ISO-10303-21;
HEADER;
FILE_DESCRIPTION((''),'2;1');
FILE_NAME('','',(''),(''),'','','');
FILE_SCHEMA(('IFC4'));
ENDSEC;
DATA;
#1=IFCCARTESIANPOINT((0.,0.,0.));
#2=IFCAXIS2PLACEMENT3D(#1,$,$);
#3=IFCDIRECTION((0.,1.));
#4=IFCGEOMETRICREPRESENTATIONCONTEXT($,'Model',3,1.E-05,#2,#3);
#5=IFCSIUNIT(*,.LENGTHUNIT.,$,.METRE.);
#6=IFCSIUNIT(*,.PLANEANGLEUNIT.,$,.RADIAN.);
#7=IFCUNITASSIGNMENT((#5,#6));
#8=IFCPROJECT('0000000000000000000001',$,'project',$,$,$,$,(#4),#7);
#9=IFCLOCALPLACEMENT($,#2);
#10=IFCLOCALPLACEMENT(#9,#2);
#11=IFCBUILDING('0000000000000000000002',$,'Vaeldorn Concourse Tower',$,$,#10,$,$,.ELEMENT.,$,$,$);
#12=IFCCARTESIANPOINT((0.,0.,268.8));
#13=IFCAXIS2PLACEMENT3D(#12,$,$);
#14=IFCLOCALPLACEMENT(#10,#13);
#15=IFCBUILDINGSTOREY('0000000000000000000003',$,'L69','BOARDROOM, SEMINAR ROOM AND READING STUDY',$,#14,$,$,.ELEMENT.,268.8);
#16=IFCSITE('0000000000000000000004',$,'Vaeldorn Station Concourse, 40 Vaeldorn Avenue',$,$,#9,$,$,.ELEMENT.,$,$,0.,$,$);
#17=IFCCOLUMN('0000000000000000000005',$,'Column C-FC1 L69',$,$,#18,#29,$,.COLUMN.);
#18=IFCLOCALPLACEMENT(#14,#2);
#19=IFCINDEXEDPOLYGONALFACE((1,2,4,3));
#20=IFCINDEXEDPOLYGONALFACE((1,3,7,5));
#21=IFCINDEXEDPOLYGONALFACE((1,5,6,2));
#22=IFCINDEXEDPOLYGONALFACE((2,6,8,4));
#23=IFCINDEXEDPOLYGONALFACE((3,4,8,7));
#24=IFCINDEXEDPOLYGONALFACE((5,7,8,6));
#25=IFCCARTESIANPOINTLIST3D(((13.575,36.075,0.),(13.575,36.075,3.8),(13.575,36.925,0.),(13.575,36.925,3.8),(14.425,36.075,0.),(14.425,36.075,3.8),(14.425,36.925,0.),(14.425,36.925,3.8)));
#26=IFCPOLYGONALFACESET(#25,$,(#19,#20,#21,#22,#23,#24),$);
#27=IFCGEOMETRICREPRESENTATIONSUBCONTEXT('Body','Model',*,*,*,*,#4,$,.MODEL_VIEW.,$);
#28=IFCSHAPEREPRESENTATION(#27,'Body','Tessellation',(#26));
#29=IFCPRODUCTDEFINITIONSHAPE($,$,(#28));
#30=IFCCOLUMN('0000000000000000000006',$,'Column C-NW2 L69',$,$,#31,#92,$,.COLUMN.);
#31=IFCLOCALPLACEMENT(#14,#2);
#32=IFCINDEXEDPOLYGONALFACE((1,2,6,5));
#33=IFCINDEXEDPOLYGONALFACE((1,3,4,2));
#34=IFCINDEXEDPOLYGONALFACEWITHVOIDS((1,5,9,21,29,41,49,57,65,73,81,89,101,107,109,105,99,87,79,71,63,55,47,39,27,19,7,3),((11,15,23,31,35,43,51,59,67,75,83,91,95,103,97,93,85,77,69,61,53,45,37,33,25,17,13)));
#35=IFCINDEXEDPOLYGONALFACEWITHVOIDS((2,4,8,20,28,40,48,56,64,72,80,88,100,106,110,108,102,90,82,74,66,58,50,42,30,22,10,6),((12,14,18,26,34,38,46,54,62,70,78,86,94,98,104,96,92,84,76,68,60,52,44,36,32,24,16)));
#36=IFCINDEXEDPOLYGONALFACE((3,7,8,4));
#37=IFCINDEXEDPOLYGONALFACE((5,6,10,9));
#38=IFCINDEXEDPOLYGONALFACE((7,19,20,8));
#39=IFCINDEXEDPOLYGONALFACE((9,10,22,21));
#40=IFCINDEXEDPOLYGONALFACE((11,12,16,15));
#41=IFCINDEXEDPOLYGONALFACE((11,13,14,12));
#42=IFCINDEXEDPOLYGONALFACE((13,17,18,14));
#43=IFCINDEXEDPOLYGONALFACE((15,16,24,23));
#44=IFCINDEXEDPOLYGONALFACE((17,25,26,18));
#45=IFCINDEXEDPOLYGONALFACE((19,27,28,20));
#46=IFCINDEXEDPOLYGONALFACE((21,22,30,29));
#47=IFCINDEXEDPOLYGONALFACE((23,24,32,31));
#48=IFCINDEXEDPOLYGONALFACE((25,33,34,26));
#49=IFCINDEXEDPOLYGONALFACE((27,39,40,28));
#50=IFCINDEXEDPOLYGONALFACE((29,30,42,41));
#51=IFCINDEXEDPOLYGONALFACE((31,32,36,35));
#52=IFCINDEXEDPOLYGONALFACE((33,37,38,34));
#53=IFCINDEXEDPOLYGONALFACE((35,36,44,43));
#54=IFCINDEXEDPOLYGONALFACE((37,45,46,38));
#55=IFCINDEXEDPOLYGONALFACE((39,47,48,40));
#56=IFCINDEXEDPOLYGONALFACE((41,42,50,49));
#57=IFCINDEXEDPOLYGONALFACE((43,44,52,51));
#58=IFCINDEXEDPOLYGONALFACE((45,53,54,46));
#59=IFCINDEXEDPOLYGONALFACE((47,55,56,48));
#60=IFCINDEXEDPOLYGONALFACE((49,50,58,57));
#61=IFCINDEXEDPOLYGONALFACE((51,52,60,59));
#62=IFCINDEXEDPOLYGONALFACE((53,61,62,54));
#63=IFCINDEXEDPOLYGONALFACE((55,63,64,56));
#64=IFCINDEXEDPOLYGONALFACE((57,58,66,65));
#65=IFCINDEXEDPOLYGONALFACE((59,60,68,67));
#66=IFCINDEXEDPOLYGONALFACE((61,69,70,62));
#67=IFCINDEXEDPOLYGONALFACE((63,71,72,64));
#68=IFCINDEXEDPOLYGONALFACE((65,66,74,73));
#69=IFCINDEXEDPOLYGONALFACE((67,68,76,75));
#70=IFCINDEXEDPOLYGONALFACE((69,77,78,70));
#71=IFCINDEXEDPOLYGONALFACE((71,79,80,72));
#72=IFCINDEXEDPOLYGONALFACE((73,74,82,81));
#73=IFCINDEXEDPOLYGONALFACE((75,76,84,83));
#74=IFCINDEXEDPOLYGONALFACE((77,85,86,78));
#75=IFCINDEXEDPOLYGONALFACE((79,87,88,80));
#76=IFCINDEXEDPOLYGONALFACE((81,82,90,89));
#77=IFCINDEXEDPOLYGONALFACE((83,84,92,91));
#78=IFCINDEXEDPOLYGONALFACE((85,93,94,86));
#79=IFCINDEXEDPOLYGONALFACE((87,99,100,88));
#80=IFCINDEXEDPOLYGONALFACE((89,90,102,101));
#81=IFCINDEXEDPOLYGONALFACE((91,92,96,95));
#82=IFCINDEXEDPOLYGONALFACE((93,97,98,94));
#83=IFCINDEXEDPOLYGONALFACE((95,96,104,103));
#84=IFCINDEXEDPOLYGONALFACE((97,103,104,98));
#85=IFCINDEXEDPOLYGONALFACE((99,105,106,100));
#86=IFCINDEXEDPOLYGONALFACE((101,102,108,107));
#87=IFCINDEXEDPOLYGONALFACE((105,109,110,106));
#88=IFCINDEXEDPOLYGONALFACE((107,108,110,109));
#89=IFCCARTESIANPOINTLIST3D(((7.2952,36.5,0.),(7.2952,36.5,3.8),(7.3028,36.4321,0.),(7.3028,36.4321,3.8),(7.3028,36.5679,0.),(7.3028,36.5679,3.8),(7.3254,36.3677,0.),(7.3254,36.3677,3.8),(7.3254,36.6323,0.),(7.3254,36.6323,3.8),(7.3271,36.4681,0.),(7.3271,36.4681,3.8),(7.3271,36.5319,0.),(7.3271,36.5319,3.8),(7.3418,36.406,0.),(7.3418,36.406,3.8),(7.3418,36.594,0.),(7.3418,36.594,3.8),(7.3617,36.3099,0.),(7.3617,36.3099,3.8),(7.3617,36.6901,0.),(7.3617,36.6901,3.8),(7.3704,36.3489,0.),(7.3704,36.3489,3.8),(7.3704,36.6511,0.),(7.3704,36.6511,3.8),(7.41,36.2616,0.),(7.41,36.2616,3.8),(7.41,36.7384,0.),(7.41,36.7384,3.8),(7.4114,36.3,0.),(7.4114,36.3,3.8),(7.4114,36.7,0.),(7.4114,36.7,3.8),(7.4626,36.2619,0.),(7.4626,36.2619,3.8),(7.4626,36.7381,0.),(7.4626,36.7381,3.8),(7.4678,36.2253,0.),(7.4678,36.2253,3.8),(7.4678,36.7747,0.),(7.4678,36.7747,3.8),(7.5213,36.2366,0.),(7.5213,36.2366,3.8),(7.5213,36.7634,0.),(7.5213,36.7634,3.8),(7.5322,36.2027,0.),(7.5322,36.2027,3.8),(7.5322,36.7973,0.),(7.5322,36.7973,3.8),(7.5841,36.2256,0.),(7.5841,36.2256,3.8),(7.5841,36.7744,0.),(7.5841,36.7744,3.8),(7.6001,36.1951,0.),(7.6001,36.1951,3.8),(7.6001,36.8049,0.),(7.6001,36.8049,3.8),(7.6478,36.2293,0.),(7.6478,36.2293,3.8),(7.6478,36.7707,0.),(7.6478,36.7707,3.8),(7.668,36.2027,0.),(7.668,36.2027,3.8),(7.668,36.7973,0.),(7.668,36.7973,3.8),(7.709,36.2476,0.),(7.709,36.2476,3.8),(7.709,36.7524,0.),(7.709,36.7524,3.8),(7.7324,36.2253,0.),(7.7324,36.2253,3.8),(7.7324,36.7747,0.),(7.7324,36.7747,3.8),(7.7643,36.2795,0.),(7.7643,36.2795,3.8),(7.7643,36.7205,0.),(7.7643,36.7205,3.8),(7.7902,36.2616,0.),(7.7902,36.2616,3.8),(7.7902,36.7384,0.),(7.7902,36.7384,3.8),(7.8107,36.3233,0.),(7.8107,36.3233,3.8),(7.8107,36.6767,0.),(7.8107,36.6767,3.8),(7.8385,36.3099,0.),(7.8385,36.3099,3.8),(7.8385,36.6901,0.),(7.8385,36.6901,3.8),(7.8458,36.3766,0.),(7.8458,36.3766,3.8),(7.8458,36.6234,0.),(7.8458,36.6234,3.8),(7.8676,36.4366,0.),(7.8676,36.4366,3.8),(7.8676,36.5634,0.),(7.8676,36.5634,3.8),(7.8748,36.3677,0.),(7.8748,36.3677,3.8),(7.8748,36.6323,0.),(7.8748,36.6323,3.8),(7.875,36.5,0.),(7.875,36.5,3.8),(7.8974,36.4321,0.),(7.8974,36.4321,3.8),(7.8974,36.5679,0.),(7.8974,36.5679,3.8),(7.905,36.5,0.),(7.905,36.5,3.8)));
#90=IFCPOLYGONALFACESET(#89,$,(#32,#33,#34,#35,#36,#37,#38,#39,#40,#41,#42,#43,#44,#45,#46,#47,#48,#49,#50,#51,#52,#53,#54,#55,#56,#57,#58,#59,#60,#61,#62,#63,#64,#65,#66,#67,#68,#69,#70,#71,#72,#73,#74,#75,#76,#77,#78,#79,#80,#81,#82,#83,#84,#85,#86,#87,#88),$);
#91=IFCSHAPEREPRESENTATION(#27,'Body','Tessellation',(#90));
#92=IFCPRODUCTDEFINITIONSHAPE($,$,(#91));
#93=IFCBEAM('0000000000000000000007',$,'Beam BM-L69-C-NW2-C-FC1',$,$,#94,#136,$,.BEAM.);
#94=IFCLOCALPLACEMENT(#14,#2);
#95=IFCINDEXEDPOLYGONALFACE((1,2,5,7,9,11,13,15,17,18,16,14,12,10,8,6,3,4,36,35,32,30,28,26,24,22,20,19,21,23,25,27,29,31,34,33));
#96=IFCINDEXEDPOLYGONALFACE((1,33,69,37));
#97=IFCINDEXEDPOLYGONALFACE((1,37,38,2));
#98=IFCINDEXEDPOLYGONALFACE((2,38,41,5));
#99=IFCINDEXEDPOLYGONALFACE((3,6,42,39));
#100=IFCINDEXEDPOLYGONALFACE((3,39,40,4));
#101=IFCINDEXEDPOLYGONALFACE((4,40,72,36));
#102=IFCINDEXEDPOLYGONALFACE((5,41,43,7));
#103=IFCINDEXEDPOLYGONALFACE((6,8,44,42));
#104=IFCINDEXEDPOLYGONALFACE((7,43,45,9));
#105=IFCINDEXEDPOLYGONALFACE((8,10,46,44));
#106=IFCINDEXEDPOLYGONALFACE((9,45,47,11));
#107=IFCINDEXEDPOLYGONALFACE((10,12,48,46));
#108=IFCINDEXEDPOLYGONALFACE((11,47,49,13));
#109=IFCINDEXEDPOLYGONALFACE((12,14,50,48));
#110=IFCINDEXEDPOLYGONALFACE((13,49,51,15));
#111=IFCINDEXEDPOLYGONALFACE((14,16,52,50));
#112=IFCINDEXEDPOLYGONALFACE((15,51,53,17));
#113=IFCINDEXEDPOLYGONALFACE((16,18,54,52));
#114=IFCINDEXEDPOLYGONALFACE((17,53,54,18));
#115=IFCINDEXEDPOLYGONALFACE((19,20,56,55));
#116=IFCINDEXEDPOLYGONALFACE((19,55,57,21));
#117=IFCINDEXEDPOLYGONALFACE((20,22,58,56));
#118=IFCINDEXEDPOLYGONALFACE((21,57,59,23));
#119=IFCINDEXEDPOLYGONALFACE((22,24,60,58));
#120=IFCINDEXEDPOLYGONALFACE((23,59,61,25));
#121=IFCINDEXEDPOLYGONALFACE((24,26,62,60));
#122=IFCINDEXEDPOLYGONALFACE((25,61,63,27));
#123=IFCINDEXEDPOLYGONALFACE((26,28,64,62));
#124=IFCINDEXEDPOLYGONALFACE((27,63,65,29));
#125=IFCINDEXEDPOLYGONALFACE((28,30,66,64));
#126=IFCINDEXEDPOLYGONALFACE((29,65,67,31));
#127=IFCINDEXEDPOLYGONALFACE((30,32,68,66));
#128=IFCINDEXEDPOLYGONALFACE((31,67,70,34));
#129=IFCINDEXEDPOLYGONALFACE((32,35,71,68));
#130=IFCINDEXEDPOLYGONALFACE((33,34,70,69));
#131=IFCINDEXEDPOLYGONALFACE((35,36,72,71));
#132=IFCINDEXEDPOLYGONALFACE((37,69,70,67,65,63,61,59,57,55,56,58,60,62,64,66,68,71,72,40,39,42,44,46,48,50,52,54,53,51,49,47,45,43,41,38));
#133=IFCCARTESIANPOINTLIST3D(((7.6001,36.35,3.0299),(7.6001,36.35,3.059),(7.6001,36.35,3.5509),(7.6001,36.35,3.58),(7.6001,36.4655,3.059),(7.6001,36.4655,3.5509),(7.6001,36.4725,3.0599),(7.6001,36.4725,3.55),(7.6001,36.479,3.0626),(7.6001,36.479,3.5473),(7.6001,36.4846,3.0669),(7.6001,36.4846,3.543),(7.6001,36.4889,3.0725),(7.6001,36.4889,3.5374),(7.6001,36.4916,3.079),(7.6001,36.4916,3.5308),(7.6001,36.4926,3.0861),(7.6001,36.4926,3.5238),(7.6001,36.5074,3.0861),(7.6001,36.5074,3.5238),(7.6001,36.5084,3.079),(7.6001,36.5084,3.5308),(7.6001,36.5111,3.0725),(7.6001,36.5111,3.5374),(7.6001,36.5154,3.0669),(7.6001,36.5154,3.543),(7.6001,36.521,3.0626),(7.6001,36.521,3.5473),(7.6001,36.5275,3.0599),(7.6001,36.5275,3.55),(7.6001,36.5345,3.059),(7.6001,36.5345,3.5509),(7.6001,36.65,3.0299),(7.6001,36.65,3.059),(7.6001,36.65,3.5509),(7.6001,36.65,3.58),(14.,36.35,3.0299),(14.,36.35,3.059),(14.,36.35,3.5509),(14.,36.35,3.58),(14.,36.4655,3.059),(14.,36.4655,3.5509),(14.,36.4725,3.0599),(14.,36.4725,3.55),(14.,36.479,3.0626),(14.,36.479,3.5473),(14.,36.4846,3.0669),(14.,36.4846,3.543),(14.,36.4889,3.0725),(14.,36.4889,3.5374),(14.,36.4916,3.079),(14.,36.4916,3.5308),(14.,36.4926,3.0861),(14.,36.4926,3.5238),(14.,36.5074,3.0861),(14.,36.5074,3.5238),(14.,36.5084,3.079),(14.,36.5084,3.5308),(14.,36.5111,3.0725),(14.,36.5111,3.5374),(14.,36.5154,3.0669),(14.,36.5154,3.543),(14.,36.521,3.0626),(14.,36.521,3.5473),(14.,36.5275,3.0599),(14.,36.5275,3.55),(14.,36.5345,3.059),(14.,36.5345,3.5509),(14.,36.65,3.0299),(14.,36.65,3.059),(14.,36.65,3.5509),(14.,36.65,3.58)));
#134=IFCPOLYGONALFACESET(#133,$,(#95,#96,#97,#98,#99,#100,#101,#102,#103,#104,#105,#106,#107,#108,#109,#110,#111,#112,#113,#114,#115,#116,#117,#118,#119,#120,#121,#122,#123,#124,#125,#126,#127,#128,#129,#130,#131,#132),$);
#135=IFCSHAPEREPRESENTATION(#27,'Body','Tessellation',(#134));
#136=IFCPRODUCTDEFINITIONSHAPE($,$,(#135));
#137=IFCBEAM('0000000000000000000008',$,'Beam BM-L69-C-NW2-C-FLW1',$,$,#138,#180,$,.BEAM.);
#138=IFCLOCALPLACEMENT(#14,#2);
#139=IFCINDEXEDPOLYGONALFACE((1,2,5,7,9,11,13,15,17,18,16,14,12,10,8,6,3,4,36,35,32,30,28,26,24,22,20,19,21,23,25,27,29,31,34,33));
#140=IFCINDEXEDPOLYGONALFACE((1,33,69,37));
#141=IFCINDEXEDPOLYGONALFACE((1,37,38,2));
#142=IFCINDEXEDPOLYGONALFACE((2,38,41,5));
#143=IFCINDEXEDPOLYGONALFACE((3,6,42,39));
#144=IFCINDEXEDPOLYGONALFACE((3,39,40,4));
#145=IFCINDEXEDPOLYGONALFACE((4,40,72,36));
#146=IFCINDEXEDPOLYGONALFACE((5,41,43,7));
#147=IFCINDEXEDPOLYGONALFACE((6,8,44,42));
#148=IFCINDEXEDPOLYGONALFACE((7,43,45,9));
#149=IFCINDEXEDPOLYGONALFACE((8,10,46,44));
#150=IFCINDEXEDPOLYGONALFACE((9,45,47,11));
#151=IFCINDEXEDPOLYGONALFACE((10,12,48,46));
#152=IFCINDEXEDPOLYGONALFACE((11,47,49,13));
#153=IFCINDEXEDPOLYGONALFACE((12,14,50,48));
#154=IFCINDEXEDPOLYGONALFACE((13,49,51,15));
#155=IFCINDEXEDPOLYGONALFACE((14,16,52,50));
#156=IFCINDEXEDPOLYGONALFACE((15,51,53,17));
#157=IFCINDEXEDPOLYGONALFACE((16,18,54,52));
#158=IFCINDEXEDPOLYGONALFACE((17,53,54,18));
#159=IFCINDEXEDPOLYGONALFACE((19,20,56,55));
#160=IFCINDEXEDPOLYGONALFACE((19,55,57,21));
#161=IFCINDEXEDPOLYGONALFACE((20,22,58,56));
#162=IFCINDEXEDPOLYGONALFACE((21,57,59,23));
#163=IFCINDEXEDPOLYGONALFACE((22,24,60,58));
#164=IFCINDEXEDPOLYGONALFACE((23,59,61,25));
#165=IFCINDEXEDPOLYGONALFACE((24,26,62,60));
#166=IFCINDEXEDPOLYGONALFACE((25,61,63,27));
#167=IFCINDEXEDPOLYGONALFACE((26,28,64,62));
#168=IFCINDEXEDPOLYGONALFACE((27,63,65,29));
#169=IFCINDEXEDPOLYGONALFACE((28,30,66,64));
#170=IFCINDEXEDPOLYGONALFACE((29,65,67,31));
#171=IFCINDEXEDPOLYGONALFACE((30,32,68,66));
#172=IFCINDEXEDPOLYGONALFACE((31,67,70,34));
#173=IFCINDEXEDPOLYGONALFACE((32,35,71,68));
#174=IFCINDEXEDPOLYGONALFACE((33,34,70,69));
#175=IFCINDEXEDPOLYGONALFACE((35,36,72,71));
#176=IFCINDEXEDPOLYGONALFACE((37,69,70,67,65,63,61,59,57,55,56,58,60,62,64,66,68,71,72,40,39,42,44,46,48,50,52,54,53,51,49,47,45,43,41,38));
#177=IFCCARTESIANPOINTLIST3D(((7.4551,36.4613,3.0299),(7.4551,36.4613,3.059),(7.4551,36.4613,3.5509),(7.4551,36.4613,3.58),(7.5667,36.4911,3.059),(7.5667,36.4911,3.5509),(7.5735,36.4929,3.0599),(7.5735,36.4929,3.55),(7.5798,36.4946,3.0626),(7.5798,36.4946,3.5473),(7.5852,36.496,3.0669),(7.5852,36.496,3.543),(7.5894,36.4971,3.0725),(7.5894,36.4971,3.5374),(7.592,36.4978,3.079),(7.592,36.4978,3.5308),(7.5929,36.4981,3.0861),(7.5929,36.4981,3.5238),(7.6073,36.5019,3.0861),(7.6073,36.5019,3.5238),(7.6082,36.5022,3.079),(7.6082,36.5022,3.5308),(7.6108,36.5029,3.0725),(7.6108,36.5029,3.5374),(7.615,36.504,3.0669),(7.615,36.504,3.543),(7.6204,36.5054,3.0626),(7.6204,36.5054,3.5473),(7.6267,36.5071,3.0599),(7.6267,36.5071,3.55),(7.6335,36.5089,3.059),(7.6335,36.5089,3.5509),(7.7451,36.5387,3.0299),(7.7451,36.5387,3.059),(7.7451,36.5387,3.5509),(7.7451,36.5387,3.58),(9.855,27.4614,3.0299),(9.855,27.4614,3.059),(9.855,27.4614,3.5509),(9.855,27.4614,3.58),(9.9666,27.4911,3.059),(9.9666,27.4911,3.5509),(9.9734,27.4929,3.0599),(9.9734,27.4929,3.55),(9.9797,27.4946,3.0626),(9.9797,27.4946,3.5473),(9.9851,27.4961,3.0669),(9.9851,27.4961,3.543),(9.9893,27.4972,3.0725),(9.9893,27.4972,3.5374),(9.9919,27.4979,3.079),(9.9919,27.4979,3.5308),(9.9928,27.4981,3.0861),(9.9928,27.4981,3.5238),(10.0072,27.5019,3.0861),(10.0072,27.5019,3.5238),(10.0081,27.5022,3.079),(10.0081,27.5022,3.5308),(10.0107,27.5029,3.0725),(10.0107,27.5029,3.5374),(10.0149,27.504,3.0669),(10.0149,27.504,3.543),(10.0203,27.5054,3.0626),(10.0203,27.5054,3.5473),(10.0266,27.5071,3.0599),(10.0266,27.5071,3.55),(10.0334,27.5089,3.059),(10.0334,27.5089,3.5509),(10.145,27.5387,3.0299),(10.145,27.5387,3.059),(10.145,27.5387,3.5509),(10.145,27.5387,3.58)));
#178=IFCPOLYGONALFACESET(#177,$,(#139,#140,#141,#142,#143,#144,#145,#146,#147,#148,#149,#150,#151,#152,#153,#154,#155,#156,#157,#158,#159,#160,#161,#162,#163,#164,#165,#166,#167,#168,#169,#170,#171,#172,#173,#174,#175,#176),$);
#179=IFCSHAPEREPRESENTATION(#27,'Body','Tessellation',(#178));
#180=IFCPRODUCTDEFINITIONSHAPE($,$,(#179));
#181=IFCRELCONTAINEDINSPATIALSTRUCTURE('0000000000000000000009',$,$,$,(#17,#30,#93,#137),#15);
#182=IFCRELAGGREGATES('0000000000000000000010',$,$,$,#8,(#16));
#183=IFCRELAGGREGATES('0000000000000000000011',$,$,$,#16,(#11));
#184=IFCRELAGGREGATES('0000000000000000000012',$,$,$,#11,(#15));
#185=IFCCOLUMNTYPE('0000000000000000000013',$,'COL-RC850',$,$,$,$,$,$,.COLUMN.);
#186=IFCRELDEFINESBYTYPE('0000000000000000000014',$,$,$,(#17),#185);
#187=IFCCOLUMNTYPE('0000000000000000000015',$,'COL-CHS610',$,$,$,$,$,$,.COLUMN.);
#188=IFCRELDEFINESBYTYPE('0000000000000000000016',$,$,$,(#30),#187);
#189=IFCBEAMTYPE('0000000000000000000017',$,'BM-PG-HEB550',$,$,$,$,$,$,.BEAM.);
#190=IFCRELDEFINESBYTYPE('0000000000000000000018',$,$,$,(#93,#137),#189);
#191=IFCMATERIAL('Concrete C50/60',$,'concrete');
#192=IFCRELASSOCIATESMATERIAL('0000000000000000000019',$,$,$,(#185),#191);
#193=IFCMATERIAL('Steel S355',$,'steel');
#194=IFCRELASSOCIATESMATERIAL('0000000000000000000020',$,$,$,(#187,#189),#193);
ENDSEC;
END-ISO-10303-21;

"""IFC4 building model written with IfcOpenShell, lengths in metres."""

from ifc_helpers import new_model, si_unit, direction, frame, origin, origin_2d, place, context, subcontext, project, spatial, rectangle, hollow_circle, i_section, extrude, source, transform, mapped, material, material_profile, profile_set, type_object, element, save


model = new_model("IFC4")

# Units and contexts
model_context = context("Model", 3, precision=1e-05, world=origin(), true_north=direction((0.0, 1.0)))
body_context = subcontext(model_context, "Body", "Model", "MODEL_VIEW")
ifc_project = project(units=[si_unit("LENGTHUNIT", "METRE"), si_unit("PLANEANGLEUNIT", "RADIAN")], contexts=[model_context])

# Site, building, storey
site_placement = place(None, origin())
site = spatial("IfcSite", under=ifc_project, at=site_placement, Name="Vaeldorn Station Concourse, 40 Vaeldorn Avenue", CompositionType="ELEMENT", RefElevation=0.0)
building_placement = place(site_placement, origin())
building = spatial("IfcBuilding", under=site, at=building_placement, Name="Vaeldorn Concourse Tower", CompositionType="ELEMENT")
storey_placement = place(building_placement, frame((0.0, 0.0, 268.8)))
storey = spatial("IfcBuildingStorey", under=building, at=storey_placement, Name="L69", Description="BOARDROOM, SEMINAR ROOM AND READING STUDY", CompositionType="ELEMENT", Elevation=268.8)

# Columns
ifc_material_1 = material(Name="Concrete C50/60", Category="concrete")
ifc_material_profile_1 = material_profile(ifc_material_1, rectangle(XDim=0.8501, YDim=0.8501, at=origin_2d()), Name="RC 850x850")
ifc_profile_set_1 = profile_set([ifc_material_profile_1], Name="Concrete C50/60")
column_type_1 = type_object("IfcColumnType", Name="COL-RC850", PredefinedType="COLUMN", material=ifc_profile_set_1)
shared_shape_1 = source(origin(), body_context, "Body", "SweptSolid", [
    extrude(rectangle(XDim=0.8501, YDim=0.8501, at=origin_2d()), origin(), (0.0, 0.0, 1.0), 3.8),
])
column_1_placement = place(storey_placement, frame((14.0, 36.5, 0.0), z_axis=(0.0, 0.0, 1.0), x_axis=(1.0, 0.0, 0.0)))
element("IfcColumn", 1, at=column_1_placement, inside=storey, type_object=column_type_1, Name="Column C-FC1 L69", PredefinedType="COLUMN", context=body_context, shape_type="MappedRepresentation", body=[
    mapped(shared_shape_1, transform((0.0, 0.0, 0.0), scale=1.0)),
])
ifc_material_2 = material(Name="Steel S355", Category="steel")
ifc_material_profile_2 = material_profile(ifc_material_2, hollow_circle(Radius=0.3049, WallThickness=0.03, at=origin_2d()), Name="CHS 610x30")
ifc_profile_set_2 = profile_set([ifc_material_profile_2], Name="Steel S355")
column_type_2 = type_object("IfcColumnType", Name="COL-CHS610", PredefinedType="COLUMN", material=ifc_profile_set_2)
shared_shape_2 = source(origin(), body_context, "Body", "SweptSolid", [
    extrude(hollow_circle(Radius=0.3049, WallThickness=0.03, at=origin_2d()), origin(), (0.0, 0.0, 1.0), 3.8),
])
column_2_placement = place(storey_placement, frame((7.6001, 36.5, 0.0), z_axis=(0.0, 0.0, 1.0), x_axis=(1.0, 0.0, 0.0)))
element("IfcColumn", 2, at=column_2_placement, inside=storey, type_object=column_type_2, Name="Column C-NW2 L69", PredefinedType="COLUMN", context=body_context, shape_type="MappedRepresentation", body=[
    mapped(shared_shape_2, transform((0.0, 0.0, 0.0), scale=1.0)),
])

# Beams
ifc_material_profile_3 = material_profile(ifc_material_2, i_section(OverallWidth=0.3, OverallDepth=0.55, WebThickness=0.0149, FlangeThickness=0.0291, FilletRadius=0.0271, at=origin_2d()), Name="HEB 550")
ifc_profile_set_3 = profile_set([ifc_material_profile_3], Name="Steel S355")
beam_type_1 = type_object("IfcBeamType", Name="BM-PG-HEB550", PredefinedType="BEAM", material=ifc_profile_set_3)
shared_shape_3 = source(origin(), body_context, "Body", "SweptSolid", [
    extrude(i_section(OverallWidth=0.3, OverallDepth=0.55, WebThickness=0.0149, FlangeThickness=0.0291, FilletRadius=0.0271, at=origin_2d()), origin(), (0.0, 0.0, 1.0), 6.3999),
])
beam_1_placement = place(storey_placement, frame((7.6001, 36.5, 3.3049), z_axis=(1.0, 0.0, 0.0), x_axis=(0.0, 1.0, 0.0)))
element("IfcBeam", 3, at=beam_1_placement, inside=storey, type_object=beam_type_1, Name="Beam BM-L69-C-NW2-C-FC1", PredefinedType="BEAM", context=body_context, shape_type="MappedRepresentation", body=[
    mapped(shared_shape_3, transform((0.0, 0.0, 0.0), scale=1.0)),
])
shared_shape_4 = source(origin(), body_context, "Body", "SweptSolid", [
    extrude(i_section(OverallWidth=0.3, OverallDepth=0.55, WebThickness=0.0149, FlangeThickness=0.0291, FilletRadius=0.0271, at=origin_2d()), origin(), (0.0, 0.0, 1.0), 9.3145),
])
beam_2_placement = place(storey_placement, frame((7.6001, 36.5, 3.3049), z_axis=(0.257653, -0.966238, 0.0), x_axis=(0.966238, 0.257653, 0.0)))
element("IfcBeam", 4, at=beam_2_placement, inside=storey, type_object=beam_type_1, Name="Beam BM-L69-C-NW2-C-FLW1", PredefinedType="BEAM", context=body_context, shape_type="MappedRepresentation", body=[
    mapped(shared_shape_4, transform((0.0, 0.0, 0.0), scale=1.0)),
])

save(model, "model.ifc")
